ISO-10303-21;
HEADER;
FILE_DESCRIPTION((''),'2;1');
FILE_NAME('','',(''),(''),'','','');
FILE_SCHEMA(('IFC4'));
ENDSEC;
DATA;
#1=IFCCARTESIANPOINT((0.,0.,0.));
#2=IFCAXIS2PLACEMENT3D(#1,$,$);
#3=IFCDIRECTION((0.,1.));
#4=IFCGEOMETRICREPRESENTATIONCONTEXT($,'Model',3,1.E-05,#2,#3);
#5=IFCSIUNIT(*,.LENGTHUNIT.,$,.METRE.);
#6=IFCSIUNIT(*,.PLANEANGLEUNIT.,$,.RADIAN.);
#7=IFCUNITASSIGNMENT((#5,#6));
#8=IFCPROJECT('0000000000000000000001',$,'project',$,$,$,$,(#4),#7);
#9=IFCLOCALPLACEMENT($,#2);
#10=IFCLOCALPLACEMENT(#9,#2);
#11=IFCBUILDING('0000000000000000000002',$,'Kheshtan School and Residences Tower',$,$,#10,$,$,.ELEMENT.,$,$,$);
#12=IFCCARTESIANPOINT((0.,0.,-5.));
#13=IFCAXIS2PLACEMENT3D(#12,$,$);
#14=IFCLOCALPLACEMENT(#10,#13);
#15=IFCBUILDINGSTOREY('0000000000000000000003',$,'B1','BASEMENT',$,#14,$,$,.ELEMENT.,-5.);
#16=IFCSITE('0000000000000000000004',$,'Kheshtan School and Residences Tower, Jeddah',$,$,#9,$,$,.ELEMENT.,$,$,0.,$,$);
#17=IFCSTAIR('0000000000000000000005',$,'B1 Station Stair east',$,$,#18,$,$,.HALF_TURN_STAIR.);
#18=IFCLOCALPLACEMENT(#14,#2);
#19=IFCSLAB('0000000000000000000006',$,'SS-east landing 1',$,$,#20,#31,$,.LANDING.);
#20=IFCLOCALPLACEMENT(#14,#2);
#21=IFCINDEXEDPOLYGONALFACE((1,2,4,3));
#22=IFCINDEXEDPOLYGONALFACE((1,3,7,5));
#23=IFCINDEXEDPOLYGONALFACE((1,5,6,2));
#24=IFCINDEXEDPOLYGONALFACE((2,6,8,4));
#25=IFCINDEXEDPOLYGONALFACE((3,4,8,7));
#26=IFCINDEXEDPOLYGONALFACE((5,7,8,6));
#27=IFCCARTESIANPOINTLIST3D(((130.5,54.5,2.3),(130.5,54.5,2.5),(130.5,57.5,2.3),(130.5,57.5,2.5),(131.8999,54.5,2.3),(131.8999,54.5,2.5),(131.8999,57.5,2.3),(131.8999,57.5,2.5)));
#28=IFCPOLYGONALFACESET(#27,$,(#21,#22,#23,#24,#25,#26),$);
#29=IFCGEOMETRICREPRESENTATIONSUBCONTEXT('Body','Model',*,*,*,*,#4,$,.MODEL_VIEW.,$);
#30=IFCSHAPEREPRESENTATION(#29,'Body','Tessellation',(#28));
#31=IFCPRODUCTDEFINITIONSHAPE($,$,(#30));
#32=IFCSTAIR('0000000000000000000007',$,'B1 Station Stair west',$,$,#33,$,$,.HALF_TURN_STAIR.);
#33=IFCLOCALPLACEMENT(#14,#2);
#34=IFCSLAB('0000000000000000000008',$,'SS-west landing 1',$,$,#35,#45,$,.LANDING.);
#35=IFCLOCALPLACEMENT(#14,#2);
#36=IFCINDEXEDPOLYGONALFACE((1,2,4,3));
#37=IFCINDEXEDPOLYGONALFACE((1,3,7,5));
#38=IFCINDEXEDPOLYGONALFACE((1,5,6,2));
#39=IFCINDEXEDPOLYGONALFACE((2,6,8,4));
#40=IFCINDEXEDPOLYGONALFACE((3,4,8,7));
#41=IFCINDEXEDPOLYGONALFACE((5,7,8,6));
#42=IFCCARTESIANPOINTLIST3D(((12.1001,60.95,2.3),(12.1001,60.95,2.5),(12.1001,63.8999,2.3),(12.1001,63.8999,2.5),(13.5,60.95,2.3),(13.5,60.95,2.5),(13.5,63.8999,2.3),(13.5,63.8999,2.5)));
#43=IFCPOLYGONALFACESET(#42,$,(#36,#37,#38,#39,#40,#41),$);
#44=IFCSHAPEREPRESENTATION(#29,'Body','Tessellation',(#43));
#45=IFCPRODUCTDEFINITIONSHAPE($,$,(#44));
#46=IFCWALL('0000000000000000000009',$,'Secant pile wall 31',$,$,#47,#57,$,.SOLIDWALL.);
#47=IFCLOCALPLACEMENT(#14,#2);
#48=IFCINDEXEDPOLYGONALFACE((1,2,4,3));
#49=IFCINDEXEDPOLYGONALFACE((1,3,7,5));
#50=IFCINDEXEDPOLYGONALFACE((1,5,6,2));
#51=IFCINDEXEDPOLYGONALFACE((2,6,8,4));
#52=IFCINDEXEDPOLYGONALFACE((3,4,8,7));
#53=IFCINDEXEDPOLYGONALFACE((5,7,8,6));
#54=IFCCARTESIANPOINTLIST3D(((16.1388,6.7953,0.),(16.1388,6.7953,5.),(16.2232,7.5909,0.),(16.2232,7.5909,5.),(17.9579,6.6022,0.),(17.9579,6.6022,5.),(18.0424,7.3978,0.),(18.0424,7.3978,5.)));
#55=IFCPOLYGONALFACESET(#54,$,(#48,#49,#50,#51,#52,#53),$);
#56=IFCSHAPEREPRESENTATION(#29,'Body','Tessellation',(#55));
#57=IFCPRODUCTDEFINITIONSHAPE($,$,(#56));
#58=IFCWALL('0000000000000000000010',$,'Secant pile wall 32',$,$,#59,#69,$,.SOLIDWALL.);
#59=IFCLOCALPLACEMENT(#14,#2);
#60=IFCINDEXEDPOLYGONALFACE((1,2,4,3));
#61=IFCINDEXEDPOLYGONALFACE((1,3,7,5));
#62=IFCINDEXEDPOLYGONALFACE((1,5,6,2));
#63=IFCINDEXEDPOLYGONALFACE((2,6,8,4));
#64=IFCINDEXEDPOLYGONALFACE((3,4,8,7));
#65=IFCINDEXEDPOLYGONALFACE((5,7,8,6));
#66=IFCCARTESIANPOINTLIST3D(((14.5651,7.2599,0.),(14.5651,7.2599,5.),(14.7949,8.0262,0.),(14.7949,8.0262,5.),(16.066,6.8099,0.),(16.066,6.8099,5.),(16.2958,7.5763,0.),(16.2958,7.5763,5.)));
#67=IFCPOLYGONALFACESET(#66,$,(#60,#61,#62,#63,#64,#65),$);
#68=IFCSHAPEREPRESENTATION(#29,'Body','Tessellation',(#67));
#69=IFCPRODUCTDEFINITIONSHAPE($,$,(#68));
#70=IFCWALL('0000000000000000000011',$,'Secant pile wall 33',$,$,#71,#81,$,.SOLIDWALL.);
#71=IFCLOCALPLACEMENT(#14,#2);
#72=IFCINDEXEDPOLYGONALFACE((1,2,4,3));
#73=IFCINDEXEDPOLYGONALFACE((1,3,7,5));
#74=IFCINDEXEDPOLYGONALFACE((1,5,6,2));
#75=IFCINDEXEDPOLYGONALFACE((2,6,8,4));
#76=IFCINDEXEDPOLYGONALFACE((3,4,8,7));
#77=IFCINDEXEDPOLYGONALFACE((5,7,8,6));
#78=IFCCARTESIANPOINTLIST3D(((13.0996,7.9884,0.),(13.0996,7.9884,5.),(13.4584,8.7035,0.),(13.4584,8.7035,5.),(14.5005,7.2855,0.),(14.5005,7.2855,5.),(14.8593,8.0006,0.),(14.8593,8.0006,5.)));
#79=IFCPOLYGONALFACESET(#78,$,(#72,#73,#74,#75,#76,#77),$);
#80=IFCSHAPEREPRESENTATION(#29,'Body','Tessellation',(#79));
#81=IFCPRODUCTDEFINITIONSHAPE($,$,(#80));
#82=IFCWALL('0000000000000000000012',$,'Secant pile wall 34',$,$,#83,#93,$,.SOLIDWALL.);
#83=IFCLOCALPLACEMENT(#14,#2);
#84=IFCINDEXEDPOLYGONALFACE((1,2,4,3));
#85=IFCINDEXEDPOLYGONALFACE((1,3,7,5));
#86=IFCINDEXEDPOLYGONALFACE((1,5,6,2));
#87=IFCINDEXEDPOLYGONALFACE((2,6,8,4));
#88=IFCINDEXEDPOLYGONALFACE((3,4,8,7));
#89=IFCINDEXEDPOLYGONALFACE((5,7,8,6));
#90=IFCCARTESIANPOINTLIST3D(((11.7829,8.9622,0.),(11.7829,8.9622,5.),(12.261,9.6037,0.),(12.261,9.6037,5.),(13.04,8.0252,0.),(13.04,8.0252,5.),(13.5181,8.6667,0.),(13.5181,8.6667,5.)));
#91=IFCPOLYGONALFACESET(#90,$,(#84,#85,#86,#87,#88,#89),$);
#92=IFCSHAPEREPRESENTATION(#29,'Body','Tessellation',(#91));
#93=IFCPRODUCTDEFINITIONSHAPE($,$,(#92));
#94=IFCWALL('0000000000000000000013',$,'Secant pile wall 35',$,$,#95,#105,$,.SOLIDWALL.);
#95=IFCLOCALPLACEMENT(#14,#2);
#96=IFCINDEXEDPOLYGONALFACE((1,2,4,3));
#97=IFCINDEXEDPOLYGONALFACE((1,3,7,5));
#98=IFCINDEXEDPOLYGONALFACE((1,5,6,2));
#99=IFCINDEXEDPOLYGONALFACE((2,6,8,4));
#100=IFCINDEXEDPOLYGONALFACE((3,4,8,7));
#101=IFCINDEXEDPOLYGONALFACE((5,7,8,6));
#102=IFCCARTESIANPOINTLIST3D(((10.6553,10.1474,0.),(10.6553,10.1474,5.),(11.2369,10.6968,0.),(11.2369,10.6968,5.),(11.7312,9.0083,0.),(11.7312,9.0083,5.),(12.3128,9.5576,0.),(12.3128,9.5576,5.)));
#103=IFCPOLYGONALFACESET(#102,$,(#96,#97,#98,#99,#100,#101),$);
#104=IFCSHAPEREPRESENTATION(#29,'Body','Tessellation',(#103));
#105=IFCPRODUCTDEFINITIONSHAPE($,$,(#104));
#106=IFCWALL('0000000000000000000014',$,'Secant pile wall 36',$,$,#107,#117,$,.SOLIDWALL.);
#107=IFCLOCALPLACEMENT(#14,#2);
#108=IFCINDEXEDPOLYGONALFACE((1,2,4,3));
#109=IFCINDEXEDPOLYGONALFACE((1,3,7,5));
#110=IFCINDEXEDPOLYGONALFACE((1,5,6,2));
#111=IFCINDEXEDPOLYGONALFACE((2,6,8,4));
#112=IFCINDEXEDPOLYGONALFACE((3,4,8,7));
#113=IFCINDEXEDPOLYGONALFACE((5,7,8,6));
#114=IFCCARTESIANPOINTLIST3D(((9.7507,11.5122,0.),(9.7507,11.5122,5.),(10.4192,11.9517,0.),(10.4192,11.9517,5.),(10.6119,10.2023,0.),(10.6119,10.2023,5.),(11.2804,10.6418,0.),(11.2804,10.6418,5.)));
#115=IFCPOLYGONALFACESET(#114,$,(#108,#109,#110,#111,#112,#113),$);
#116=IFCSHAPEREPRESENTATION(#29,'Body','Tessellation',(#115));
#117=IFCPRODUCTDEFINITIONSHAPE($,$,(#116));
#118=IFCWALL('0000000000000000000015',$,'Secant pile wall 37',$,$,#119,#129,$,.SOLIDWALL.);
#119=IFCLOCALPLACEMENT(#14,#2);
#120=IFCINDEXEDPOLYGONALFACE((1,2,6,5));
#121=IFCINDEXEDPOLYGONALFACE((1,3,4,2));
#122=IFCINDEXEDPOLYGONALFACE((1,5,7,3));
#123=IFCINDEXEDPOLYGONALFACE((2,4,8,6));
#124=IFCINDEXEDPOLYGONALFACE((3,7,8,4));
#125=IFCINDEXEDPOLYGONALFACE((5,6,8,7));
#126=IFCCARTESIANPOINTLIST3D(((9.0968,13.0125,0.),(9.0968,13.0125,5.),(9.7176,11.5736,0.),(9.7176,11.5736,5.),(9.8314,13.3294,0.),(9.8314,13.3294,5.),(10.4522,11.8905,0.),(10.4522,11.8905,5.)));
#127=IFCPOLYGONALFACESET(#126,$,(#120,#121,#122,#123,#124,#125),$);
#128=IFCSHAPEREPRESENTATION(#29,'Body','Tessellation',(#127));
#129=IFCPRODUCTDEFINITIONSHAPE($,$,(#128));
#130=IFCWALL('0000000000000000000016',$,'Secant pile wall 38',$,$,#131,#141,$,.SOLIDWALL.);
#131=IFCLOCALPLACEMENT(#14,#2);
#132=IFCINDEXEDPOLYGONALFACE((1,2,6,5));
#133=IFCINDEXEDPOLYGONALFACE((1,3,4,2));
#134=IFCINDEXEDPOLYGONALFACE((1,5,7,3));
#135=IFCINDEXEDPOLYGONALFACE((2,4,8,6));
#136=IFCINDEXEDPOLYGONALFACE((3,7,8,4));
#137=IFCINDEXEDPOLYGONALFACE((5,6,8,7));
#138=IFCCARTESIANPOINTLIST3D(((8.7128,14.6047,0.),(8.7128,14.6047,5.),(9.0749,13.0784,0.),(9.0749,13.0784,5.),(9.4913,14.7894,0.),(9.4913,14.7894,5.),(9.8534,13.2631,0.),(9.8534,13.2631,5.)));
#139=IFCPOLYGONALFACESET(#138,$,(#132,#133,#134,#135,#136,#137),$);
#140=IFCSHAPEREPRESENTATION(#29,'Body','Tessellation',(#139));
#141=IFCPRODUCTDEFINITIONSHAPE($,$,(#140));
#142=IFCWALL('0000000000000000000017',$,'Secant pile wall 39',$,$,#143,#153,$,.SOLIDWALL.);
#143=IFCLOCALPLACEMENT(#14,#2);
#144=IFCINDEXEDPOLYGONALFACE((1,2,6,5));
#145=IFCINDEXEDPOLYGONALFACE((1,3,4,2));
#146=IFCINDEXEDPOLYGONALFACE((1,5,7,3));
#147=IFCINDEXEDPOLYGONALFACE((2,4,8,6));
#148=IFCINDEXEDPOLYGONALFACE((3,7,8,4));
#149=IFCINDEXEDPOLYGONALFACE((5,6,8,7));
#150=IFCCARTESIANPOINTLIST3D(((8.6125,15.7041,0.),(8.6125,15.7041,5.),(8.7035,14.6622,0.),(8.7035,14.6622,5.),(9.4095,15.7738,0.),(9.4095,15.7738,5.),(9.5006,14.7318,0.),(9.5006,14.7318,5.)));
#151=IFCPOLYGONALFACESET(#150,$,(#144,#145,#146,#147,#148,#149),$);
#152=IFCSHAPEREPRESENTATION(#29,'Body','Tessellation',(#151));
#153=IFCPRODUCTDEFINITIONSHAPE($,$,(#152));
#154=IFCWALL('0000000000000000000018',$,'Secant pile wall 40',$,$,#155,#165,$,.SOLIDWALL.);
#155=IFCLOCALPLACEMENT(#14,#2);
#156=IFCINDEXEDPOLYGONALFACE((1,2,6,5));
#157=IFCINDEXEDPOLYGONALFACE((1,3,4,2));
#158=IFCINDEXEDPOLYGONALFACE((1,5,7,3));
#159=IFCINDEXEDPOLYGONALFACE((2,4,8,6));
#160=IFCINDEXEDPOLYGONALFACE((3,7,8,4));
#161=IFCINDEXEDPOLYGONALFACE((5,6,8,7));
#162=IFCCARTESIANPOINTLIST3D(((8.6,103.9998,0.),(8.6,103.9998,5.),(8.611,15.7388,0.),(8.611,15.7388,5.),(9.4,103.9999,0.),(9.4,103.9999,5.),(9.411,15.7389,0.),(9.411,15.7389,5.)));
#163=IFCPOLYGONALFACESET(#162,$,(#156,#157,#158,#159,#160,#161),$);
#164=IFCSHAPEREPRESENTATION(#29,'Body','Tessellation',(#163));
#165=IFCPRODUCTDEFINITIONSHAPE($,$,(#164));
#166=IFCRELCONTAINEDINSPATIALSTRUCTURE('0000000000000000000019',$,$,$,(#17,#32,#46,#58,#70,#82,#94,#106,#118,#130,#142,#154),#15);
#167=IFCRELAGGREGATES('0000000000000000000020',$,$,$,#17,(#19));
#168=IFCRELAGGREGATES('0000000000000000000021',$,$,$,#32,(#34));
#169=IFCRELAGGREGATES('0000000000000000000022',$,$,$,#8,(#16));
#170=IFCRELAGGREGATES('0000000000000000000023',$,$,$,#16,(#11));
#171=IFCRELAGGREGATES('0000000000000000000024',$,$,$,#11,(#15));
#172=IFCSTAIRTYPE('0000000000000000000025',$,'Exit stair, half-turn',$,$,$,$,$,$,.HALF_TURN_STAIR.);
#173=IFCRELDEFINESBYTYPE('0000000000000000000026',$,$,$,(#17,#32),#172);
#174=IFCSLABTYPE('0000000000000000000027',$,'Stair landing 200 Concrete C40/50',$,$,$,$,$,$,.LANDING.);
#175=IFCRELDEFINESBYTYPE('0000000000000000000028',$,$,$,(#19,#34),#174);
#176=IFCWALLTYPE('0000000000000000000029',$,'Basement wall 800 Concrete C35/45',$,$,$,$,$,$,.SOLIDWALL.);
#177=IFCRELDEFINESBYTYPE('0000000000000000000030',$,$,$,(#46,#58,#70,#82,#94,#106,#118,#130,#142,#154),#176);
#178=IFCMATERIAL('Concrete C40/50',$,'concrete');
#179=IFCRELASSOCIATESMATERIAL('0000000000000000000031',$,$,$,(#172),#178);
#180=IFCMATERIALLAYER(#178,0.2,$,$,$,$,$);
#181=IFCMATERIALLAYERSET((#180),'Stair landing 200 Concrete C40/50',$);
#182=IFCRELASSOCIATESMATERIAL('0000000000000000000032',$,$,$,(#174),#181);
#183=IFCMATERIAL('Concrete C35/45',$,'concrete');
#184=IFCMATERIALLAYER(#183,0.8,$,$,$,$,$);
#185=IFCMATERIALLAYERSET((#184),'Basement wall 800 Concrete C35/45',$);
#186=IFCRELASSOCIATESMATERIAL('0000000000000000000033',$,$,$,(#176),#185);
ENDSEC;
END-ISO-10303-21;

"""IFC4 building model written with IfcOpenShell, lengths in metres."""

from ifc_helpers import new_model, si_unit, direction, frame, frame_2d, origin, place, context, subcontext, project, spatial, polyline, rectangle, outline, extrude, material, layer, layer_set, type_object, element, aggregate, save


model = new_model("IFC4")

# Units and contexts
model_context = context("Model", 3, precision=1e-05, world=origin(), true_north=direction((0.0, 1.0)))
body_context = subcontext(model_context, "Body", "Model", "MODEL_VIEW")
ifc_project = project(units=[si_unit("LENGTHUNIT", "METRE"), si_unit("PLANEANGLEUNIT", "RADIAN")], contexts=[model_context])

# Site, building, storey
site_placement = place(None, origin())
site = spatial("IfcSite", under=ifc_project, at=site_placement, Name="Kheshtan School and Residences Tower, Jeddah", CompositionType="ELEMENT", RefElevation=0.0)
building_placement = place(site_placement, origin())
building = spatial("IfcBuilding", under=site, at=building_placement, Name="Kheshtan School and Residences Tower", CompositionType="ELEMENT")
storey_placement = place(building_placement, frame((0.0, 0.0, -5.0)))
storey = spatial("IfcBuildingStorey", under=building, at=storey_placement, Name="B1", Description="BASEMENT", CompositionType="ELEMENT", Elevation=-5.0)

# Shared definitions
ifc_material_1 = material(Name="Concrete C40/50", Category="concrete")

# Stairs, slabs
stair_type = type_object("IfcStairType", Name="Exit stair, half-turn", PredefinedType="HALF_TURN_STAIR", material=ifc_material_1)
ifc_layer_1 = layer(ifc_material_1, 0.2)
ifc_layer_set_1 = layer_set([ifc_layer_1], Name="Stair landing 200 Concrete C40/50")
slab_type_1 = type_object("IfcSlabType", Name="Stair landing 200 Concrete C40/50", PredefinedType="LANDING", material=ifc_layer_set_1)
stair_1_placement = place(storey_placement, origin())
stair_1 = element("IfcStair", 1, at=stair_1_placement, inside=storey, type_object=stair_type, Name="B1 Station Stair east", PredefinedType="HALF_TURN_STAIR")
slab_1_placement = place(storey_placement, frame((0.0, 0.0, 2.3)))
slab_1 = element("IfcSlab", 2, at=slab_1_placement, type_object=slab_type_1, Name="SS-east landing 1", PredefinedType="LANDING", context=body_context, shape_type="SweptSolid", body=[
    extrude(outline(polyline([(130.5, 54.5), (131.8999, 54.5), (131.8999, 57.5), (130.5, 57.5), (130.5, 54.5)])), origin(), (0.0, 0.0, 1.0), 0.2),
])
aggregate(stair_1, [slab_1])
stair_2_placement = place(storey_placement, origin())
stair_2 = element("IfcStair", 3, at=stair_2_placement, inside=storey, type_object=stair_type, Name="B1 Station Stair west", PredefinedType="HALF_TURN_STAIR")
slab_2_placement = place(storey_placement, frame((0.0, 0.0, 2.3)))
slab_2 = element("IfcSlab", 4, at=slab_2_placement, type_object=slab_type_1, Name="SS-west landing 1", PredefinedType="LANDING", context=body_context, shape_type="SweptSolid", body=[
    extrude(outline(polyline([(13.5, 63.8999), (12.1001, 63.8999), (12.1001, 60.95), (13.5, 60.95), (13.5, 63.8999)])), origin(), (0.0, 0.0, 1.0), 0.2),
])
aggregate(stair_2, [slab_2])

# Walls
ifc_material_2 = material(Name="Concrete C35/45", Category="concrete")
ifc_layer_2 = layer(ifc_material_2, 0.8)
ifc_layer_set_2 = layer_set([ifc_layer_2], Name="Basement wall 800 Concrete C35/45")
wall_type = type_object("IfcWallType", Name="Basement wall 800 Concrete C35/45", PredefinedType="SOLIDWALL", material=ifc_layer_set_2)
wall_1_placement = place(storey_placement, frame((18.0, 7.0, 0.0), z_axis=(0.0, 0.0, 1.0), x_axis=(-0.994412, 0.105567, 0.0)))
element("IfcWall", 5, at=wall_1_placement, inside=storey, type_object=wall_type, Name="Secant pile wall 31", PredefinedType="SOLIDWALL", context=body_context, shape_type="SweptSolid", body=[
    extrude(rectangle(XDim=1.8293, YDim=0.8, at=frame_2d((0.9146, 0.0))), origin(), (0.0, 0.0, 1.0), 5.0),
])
wall_2_placement = place(storey_placement, frame((16.1809, 7.1931, 0.0), z_axis=(0.0, 0.0, 1.0), x_axis=(-0.957886, 0.287148, 0.0)))
element("IfcWall", 6, at=wall_2_placement, inside=storey, type_object=wall_type, Name="Secant pile wall 32", PredefinedType="SOLIDWALL", context=body_context, shape_type="SweptSolid", body=[
    extrude(rectangle(XDim=1.5669, YDim=0.8, at=frame_2d((0.7834, 0.0))), origin(), (0.0, 0.0, 1.0), 5.0),
])
wall_3_placement = place(storey_placement, frame((14.6799, 7.6431, 0.0), z_axis=(0.0, 0.0, 1.0), x_axis=(-0.893803, 0.448459, 0.0)))
element("IfcWall", 7, at=wall_3_placement, inside=storey, type_object=wall_type, Name="Secant pile wall 33", PredefinedType="SOLIDWALL", context=body_context, shape_type="SweptSolid", body=[
    extrude(rectangle(XDim=1.5674, YDim=0.8, at=frame_2d((0.7837, 0.0))), origin(), (0.0, 0.0, 1.0), 5.0),
])
wall_4_placement = place(storey_placement, frame((13.2791, 8.3459, 0.0), z_axis=(0.0, 0.0, 1.0), x_axis=(-0.801772, 0.597631, 0.0)))
element("IfcWall", 8, at=wall_4_placement, inside=storey, type_object=wall_type, Name="Secant pile wall 34", PredefinedType="SOLIDWALL", context=body_context, shape_type="SweptSolid", body=[
    extrude(rectangle(XDim=1.5679, YDim=0.8, at=frame_2d((0.7839, 0.0))), origin(), (0.0, 0.0, 1.0), 5.0),
])
wall_5_placement = place(storey_placement, frame((12.022, 9.283, 0.0), z_axis=(0.0, 0.0, 1.0), x_axis=(-0.686642, 0.726996, 0.0)))
element("IfcWall", 9, at=wall_5_placement, inside=storey, type_object=wall_type, Name="Secant pile wall 35", PredefinedType="SOLIDWALL", context=body_context, shape_type="SweptSolid", body=[
    extrude(rectangle(XDim=1.5669, YDim=0.8, at=frame_2d((0.7834, 0.0))), origin(), (0.0, 0.0, 1.0), 5.0),
])
wall_6_placement = place(storey_placement, frame((10.946, 10.4221, 0.0), z_axis=(0.0, 0.0, 1.0), x_axis=(-0.549333, 0.835603, 0.0)))
element("IfcWall", 10, at=wall_6_placement, inside=storey, type_object=wall_type, Name="Secant pile wall 36", PredefinedType="SOLIDWALL", context=body_context, shape_type="SweptSolid", body=[
    extrude(rectangle(XDim=1.5676, YDim=0.8, at=frame_2d((0.7837, 0.0))), origin(), (0.0, 0.0, 1.0), 5.0),
])
wall_7_placement = place(storey_placement, frame((10.085, 11.7319, 0.0), z_axis=(0.0, 0.0, 1.0), x_axis=(-0.396155, 0.918183, 0.0)))
element("IfcWall", 11, at=wall_7_placement, inside=storey, type_object=wall_type, Name="Secant pile wall 37", PredefinedType="SOLIDWALL", context=body_context, shape_type="SweptSolid", body=[
    extrude(rectangle(XDim=1.5671, YDim=0.8, at=frame_2d((0.7837, 0.0))), origin(), (0.0, 0.0, 1.0), 5.0),
])
wall_8_placement = place(storey_placement, frame((9.4641, 13.1709, 0.0), z_axis=(0.0, 0.0, 1.0), x_axis=(-0.230835, 0.972993, 0.0)))
element("IfcWall", 12, at=wall_8_placement, inside=storey, type_object=wall_type, Name="Secant pile wall 38", PredefinedType="SOLIDWALL", context=body_context, shape_type="SweptSolid", body=[
    extrude(rectangle(XDim=1.5686, YDim=0.8, at=frame_2d((0.7842, 0.0))), origin(), (0.0, 0.0, 1.0), 5.0),
])
wall_9_placement = place(storey_placement, frame((9.1021, 14.697, 0.0), z_axis=(0.0, 0.0, 1.0), x_axis=(-0.087063, 0.996203, 0.0)))
element("IfcWall", 13, at=wall_9_placement, inside=storey, type_object=wall_type, Name="Secant pile wall 39", PredefinedType="SOLIDWALL", context=body_context, shape_type="SweptSolid", body=[
    extrude(rectangle(XDim=1.0459, YDim=0.8, at=frame_2d((0.5229, 0.0))), origin(), (0.0, 0.0, 1.0), 5.0),
])
wall_10_placement = place(storey_placement, frame((9.011, 15.739, 0.0), z_axis=(0.0, 0.0, 1.0), x_axis=(-0.000124, 1.0, 0.0)))
element("IfcWall", 14, at=wall_10_placement, inside=storey, type_object=wall_type, Name="Secant pile wall 40", PredefinedType="SOLIDWALL", context=body_context, shape_type="SweptSolid", body=[
    extrude(rectangle(XDim=88.261, YDim=0.8, at=frame_2d((44.1304, 0.0))), origin(), (0.0, 0.0, 1.0), 5.0),
])

save(model, "model.ifc")
